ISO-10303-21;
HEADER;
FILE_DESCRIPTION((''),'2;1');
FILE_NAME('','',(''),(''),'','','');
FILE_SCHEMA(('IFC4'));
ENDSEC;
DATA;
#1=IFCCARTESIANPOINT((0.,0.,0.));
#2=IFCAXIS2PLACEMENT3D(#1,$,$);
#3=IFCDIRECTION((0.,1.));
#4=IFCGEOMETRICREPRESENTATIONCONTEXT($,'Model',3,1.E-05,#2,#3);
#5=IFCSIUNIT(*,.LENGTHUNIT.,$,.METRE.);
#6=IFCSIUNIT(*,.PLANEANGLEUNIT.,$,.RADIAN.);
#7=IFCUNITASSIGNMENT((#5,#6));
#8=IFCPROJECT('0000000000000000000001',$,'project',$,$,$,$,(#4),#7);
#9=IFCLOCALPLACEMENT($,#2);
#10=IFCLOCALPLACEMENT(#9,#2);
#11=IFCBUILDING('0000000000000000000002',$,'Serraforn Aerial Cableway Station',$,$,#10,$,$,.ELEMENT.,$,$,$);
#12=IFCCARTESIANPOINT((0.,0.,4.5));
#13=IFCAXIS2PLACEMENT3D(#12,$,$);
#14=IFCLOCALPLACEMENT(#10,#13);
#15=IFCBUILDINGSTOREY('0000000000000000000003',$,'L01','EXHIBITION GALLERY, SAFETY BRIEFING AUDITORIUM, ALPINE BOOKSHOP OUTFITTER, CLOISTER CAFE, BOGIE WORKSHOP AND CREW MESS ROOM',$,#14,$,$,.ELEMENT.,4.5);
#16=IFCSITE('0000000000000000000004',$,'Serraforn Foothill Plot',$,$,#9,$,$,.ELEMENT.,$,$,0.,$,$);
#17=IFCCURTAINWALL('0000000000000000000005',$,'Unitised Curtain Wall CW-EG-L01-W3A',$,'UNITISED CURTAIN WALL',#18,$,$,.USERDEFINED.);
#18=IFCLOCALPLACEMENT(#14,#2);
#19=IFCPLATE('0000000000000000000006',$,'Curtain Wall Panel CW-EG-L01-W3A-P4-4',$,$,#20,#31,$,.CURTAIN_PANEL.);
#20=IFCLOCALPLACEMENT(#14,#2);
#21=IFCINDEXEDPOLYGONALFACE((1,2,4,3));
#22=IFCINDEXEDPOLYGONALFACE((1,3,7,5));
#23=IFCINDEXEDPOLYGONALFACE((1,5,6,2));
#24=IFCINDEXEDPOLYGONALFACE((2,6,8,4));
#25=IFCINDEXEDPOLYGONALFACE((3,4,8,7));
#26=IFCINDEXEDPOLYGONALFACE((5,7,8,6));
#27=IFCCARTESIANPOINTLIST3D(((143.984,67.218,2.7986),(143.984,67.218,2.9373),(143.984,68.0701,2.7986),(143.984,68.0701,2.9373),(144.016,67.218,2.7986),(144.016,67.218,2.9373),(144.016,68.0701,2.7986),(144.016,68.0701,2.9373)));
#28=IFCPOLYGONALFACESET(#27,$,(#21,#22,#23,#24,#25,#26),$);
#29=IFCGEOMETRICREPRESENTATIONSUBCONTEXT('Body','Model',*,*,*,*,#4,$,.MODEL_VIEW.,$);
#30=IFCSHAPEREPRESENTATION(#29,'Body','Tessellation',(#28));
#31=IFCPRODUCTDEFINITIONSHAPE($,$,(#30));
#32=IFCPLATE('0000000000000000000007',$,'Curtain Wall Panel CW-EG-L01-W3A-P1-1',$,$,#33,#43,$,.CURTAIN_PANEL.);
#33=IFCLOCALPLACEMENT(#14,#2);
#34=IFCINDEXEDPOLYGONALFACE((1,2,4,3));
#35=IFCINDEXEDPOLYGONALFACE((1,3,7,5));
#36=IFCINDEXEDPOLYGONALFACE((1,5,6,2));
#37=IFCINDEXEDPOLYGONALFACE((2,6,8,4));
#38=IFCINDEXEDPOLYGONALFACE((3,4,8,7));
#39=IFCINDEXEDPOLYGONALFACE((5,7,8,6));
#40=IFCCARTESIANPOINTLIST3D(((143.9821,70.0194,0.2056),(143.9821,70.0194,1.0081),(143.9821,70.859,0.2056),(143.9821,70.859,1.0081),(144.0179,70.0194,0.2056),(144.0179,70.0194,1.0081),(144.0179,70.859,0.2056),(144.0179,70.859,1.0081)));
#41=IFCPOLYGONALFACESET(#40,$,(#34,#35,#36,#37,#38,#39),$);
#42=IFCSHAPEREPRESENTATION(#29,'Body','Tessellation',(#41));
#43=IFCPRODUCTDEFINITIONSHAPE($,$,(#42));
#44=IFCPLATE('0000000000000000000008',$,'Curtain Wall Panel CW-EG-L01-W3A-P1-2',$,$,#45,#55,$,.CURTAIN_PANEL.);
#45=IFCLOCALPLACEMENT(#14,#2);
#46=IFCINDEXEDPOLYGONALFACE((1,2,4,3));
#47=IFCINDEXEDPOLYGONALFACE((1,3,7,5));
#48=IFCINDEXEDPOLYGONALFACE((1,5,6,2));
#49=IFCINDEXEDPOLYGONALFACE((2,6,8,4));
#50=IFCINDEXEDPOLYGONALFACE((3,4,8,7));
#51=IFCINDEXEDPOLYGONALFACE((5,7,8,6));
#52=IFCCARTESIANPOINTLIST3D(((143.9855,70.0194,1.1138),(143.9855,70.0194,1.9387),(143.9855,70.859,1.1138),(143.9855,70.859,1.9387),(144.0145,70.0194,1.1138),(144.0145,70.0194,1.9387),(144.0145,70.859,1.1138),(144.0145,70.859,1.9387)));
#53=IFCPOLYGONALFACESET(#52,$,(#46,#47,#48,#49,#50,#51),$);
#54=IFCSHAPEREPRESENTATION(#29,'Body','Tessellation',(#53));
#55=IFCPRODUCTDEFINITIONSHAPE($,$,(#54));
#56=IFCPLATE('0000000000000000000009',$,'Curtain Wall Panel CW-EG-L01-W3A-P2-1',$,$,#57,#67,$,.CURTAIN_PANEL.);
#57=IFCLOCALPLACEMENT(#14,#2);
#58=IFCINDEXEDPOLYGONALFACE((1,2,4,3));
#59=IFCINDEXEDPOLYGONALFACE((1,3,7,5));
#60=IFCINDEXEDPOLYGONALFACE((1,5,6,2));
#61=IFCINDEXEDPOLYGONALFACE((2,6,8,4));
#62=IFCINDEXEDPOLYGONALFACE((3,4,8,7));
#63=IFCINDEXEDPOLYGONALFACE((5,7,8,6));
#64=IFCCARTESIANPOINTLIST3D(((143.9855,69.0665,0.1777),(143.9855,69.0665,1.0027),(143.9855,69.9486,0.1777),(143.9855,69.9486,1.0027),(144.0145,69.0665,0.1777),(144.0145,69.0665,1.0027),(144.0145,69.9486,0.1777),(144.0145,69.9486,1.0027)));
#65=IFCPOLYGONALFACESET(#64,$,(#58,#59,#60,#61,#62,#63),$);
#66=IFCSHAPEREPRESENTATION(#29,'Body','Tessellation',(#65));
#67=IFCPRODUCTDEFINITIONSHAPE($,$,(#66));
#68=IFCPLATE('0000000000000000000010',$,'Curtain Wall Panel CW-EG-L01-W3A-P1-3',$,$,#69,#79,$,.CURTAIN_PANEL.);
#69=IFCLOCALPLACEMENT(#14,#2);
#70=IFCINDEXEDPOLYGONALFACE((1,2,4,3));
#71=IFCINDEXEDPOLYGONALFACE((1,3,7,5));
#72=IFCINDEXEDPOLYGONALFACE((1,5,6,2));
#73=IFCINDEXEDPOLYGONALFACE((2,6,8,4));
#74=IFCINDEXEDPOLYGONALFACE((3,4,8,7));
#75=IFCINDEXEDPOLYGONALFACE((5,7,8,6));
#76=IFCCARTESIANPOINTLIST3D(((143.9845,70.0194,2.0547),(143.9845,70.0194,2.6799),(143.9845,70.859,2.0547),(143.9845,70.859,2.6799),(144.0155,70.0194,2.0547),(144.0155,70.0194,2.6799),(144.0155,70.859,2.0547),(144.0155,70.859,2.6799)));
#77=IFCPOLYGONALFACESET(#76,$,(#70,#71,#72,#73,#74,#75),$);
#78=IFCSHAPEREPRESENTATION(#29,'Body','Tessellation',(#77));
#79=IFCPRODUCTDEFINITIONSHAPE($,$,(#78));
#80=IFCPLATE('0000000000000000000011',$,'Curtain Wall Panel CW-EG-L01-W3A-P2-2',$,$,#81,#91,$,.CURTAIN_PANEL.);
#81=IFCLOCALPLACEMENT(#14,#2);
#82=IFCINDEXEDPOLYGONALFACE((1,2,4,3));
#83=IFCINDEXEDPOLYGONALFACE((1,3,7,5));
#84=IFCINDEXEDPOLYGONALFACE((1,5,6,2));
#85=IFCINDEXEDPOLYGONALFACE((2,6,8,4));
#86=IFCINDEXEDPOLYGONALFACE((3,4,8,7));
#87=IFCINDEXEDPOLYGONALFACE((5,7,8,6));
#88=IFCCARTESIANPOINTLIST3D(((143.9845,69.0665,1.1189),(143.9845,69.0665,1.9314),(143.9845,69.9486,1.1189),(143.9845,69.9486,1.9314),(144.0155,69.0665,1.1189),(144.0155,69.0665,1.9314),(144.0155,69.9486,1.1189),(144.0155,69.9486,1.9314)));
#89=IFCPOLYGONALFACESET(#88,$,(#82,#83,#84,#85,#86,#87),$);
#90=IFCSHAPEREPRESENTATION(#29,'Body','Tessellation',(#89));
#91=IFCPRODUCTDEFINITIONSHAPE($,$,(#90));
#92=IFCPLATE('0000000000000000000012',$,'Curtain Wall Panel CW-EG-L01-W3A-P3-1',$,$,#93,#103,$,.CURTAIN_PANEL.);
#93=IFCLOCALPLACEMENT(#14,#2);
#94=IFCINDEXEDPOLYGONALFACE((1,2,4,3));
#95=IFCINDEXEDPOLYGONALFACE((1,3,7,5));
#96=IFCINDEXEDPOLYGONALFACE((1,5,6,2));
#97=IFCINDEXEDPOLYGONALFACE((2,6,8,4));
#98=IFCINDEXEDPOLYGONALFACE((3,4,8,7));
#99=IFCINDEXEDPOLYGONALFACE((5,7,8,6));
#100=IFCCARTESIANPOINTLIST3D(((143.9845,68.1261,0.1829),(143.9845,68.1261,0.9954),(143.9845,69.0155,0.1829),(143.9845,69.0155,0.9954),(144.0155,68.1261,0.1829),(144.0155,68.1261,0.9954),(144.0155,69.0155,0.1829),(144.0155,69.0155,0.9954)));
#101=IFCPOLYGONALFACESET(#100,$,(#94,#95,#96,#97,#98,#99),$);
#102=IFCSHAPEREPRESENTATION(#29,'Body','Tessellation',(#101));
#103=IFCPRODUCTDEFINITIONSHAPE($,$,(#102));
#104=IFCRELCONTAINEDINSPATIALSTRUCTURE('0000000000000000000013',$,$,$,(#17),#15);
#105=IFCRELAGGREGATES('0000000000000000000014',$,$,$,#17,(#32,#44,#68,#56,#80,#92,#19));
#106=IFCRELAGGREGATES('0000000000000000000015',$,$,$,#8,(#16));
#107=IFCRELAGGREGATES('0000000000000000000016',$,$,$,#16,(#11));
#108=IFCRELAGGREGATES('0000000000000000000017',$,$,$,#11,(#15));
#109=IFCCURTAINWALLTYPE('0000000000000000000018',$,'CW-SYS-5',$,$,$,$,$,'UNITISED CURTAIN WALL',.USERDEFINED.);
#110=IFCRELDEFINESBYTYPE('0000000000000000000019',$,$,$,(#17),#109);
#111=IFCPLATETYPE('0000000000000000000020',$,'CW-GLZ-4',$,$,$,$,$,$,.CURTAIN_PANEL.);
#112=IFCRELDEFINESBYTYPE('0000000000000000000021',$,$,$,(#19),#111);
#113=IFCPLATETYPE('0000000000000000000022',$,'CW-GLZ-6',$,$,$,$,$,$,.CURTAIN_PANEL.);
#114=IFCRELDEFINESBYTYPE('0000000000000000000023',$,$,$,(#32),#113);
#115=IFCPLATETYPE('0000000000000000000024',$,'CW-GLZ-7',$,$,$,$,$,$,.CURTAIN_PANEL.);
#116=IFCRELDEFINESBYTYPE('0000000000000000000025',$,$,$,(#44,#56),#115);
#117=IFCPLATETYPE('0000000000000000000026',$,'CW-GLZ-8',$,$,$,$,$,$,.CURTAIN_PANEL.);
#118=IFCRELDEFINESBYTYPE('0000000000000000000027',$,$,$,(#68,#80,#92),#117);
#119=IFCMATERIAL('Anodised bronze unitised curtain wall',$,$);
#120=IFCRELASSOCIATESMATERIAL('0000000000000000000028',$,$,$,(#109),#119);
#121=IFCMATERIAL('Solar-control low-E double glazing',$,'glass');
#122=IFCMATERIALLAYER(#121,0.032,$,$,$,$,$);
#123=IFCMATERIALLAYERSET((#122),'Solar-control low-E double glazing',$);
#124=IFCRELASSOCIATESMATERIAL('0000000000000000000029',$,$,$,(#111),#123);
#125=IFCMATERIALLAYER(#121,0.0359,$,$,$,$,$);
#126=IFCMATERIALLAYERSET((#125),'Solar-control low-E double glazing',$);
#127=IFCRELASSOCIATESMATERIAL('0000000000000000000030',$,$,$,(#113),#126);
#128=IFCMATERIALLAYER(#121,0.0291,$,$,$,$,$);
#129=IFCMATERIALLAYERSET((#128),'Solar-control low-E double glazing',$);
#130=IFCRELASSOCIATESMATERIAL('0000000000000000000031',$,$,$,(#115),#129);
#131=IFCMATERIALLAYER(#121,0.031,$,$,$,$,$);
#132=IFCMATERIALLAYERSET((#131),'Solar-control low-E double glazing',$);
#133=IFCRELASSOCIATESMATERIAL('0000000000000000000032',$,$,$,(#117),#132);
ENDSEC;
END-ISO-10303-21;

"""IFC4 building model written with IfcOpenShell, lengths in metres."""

from ifc_helpers import new_model, si_unit, direction, frame, origin, origin_2d, place, context, subcontext, project, spatial, rectangle, extrude, material, layer, layer_set, type_object, element, aggregate, save


model = new_model("IFC4")

# Units and contexts
model_context = context("Model", 3, precision=1e-05, world=origin(), true_north=direction((0.0, 1.0)))
body_context = subcontext(model_context, "Body", "Model", "MODEL_VIEW")
ifc_project = project(units=[si_unit("LENGTHUNIT", "METRE"), si_unit("PLANEANGLEUNIT", "RADIAN")], contexts=[model_context])

# Site, building, storey
site_placement = place(None, origin())
site = spatial("IfcSite", under=ifc_project, at=site_placement, Name="Serraforn Foothill Plot", CompositionType="ELEMENT", RefElevation=0.0)
building_placement = place(site_placement, origin())
building = spatial("IfcBuilding", under=site, at=building_placement, Name="Serraforn Aerial Cableway Station", CompositionType="ELEMENT")
storey_placement = place(building_placement, frame((0.0, 0.0, 4.5)))
storey = spatial("IfcBuildingStorey", under=building, at=storey_placement, Name="L01", Description="EXHIBITION GALLERY, SAFETY BRIEFING AUDITORIUM, ALPINE BOOKSHOP OUTFITTER, CLOISTER CAFE, BOGIE WORKSHOP AND CREW MESS ROOM", CompositionType="ELEMENT", Elevation=4.5)

# Curtain wall, plates
ifc_material_1 = material(Name="Anodised bronze unitised curtain wall")
curtain_wall_type = type_object("IfcCurtainWallType", Name="CW-SYS-5", ElementType="UNITISED CURTAIN WALL", PredefinedType="USERDEFINED", material=ifc_material_1)
curtain_wall_placement = place(storey_placement, origin())
curtain_wall = element("IfcCurtainWall", 1, at=curtain_wall_placement, inside=storey, type_object=curtain_wall_type, Name="Unitised Curtain Wall CW-EG-L01-W3A", ObjectType="UNITISED CURTAIN WALL", PredefinedType="USERDEFINED")
ifc_material_2 = material(Name="Solar-control low-E double glazing", Category="glass")
ifc_layer_1 = layer(ifc_material_2, 0.032)
ifc_layer_set_1 = layer_set([ifc_layer_1], Name="Solar-control low-E double glazing")
plate_type_1 = type_object("IfcPlateType", Name="CW-GLZ-4", PredefinedType="CURTAIN_PANEL", material=ifc_layer_set_1)
plate_1_placement = place(storey_placement, frame((144.0, 67.644, 2.7986), z_axis=(0.0, 0.0, 1.0), x_axis=(1.0, 0.0, 0.0)))
plate_1 = element("IfcPlate", 2, at=plate_1_placement, type_object=plate_type_1, Name="Curtain Wall Panel CW-EG-L01-W3A-P4-4", PredefinedType="CURTAIN_PANEL", context=body_context, shape_type="SweptSolid", body=[
    extrude(rectangle(XDim=0.032, YDim=0.8521, at=origin_2d()), origin(), (0.0, 0.0, 1.0), 0.1387),
])
ifc_layer_2 = layer(ifc_material_2, 0.0359)
ifc_layer_set_2 = layer_set([ifc_layer_2], Name="Solar-control low-E double glazing")
plate_type_2 = type_object("IfcPlateType", Name="CW-GLZ-6", PredefinedType="CURTAIN_PANEL", material=ifc_layer_set_2)
plate_2_placement = place(storey_placement, frame((144.0, 70.4392, 0.2056), z_axis=(0.0, 0.0, 1.0), x_axis=(1.0, 0.0, 0.0)))
plate_2 = element("IfcPlate", 3, at=plate_2_placement, type_object=plate_type_2, Name="Curtain Wall Panel CW-EG-L01-W3A-P1-1", PredefinedType="CURTAIN_PANEL", context=body_context, shape_type="SweptSolid", body=[
    extrude(rectangle(XDim=0.0359, YDim=0.8396, at=origin_2d()), origin(), (0.0, 0.0, 1.0), 0.8025),
])
ifc_layer_3 = layer(ifc_material_2, 0.0291)
ifc_layer_set_3 = layer_set([ifc_layer_3], Name="Solar-control low-E double glazing")
plate_type_3 = type_object("IfcPlateType", Name="CW-GLZ-7", PredefinedType="CURTAIN_PANEL", material=ifc_layer_set_3)
plate_3_placement = place(storey_placement, frame((144.0, 70.4392, 1.1138), z_axis=(0.0, 0.0, 1.0), x_axis=(1.0, 0.0, 0.0)))
plate_3 = element("IfcPlate", 4, at=plate_3_placement, type_object=plate_type_3, Name="Curtain Wall Panel CW-EG-L01-W3A-P1-2", PredefinedType="CURTAIN_PANEL", context=body_context, shape_type="SweptSolid", body=[
    extrude(rectangle(XDim=0.0291, YDim=0.8396, at=origin_2d()), origin(), (0.0, 0.0, 1.0), 0.825),
])
plate_4_placement = place(storey_placement, frame((144.0, 69.5076, 0.1777), z_axis=(0.0, 0.0, 1.0), x_axis=(1.0, 0.0, 0.0)))
plate_4 = element("IfcPlate", 5, at=plate_4_placement, type_object=plate_type_3, Name="Curtain Wall Panel CW-EG-L01-W3A-P2-1", PredefinedType="CURTAIN_PANEL", context=body_context, shape_type="SweptSolid", body=[
    extrude(rectangle(XDim=0.0291, YDim=0.8821, at=origin_2d()), origin(), (0.0, 0.0, 1.0), 0.825),
])
ifc_layer_4 = layer(ifc_material_2, 0.031)
ifc_layer_set_4 = layer_set([ifc_layer_4], Name="Solar-control low-E double glazing")
plate_type_4 = type_object("IfcPlateType", Name="CW-GLZ-8", PredefinedType="CURTAIN_PANEL", material=ifc_layer_set_4)
plate_5_placement = place(storey_placement, frame((144.0, 70.4392, 2.0547), z_axis=(0.0, 0.0, 1.0), x_axis=(1.0, 0.0, 0.0)))
plate_5 = element("IfcPlate", 6, at=plate_5_placement, type_object=plate_type_4, Name="Curtain Wall Panel CW-EG-L01-W3A-P1-3", PredefinedType="CURTAIN_PANEL", context=body_context, shape_type="SweptSolid", body=[
    extrude(rectangle(XDim=0.031, YDim=0.8396, at=origin_2d()), origin(), (0.0, 0.0, 1.0), 0.6252),
])
plate_6_placement = place(storey_placement, frame((144.0, 69.5076, 1.1189), z_axis=(0.0, 0.0, 1.0), x_axis=(1.0, 0.0, 0.0)))
plate_6 = element("IfcPlate", 7, at=plate_6_placement, type_object=plate_type_4, Name="Curtain Wall Panel CW-EG-L01-W3A-P2-2", PredefinedType="CURTAIN_PANEL", context=body_context, shape_type="SweptSolid", body=[
    extrude(rectangle(XDim=0.031, YDim=0.8821, at=origin_2d()), origin(), (0.0, 0.0, 1.0), 0.8125),
])
plate_7_placement = place(storey_placement, frame((144.0, 68.5708, 0.1829), z_axis=(0.0, 0.0, 1.0), x_axis=(1.0, 0.0, 0.0)))
plate_7 = element("IfcPlate", 8, at=plate_7_placement, type_object=plate_type_4, Name="Curtain Wall Panel CW-EG-L01-W3A-P3-1", PredefinedType="CURTAIN_PANEL", context=body_context, shape_type="SweptSolid", body=[
    extrude(rectangle(XDim=0.031, YDim=0.8894, at=origin_2d()), origin(), (0.0, 0.0, 1.0), 0.8125),
])
aggregate(curtain_wall, [plate_2, plate_3, plate_5, plate_4, plate_6, plate_7, plate_1])

save(model, "model.ifc")
